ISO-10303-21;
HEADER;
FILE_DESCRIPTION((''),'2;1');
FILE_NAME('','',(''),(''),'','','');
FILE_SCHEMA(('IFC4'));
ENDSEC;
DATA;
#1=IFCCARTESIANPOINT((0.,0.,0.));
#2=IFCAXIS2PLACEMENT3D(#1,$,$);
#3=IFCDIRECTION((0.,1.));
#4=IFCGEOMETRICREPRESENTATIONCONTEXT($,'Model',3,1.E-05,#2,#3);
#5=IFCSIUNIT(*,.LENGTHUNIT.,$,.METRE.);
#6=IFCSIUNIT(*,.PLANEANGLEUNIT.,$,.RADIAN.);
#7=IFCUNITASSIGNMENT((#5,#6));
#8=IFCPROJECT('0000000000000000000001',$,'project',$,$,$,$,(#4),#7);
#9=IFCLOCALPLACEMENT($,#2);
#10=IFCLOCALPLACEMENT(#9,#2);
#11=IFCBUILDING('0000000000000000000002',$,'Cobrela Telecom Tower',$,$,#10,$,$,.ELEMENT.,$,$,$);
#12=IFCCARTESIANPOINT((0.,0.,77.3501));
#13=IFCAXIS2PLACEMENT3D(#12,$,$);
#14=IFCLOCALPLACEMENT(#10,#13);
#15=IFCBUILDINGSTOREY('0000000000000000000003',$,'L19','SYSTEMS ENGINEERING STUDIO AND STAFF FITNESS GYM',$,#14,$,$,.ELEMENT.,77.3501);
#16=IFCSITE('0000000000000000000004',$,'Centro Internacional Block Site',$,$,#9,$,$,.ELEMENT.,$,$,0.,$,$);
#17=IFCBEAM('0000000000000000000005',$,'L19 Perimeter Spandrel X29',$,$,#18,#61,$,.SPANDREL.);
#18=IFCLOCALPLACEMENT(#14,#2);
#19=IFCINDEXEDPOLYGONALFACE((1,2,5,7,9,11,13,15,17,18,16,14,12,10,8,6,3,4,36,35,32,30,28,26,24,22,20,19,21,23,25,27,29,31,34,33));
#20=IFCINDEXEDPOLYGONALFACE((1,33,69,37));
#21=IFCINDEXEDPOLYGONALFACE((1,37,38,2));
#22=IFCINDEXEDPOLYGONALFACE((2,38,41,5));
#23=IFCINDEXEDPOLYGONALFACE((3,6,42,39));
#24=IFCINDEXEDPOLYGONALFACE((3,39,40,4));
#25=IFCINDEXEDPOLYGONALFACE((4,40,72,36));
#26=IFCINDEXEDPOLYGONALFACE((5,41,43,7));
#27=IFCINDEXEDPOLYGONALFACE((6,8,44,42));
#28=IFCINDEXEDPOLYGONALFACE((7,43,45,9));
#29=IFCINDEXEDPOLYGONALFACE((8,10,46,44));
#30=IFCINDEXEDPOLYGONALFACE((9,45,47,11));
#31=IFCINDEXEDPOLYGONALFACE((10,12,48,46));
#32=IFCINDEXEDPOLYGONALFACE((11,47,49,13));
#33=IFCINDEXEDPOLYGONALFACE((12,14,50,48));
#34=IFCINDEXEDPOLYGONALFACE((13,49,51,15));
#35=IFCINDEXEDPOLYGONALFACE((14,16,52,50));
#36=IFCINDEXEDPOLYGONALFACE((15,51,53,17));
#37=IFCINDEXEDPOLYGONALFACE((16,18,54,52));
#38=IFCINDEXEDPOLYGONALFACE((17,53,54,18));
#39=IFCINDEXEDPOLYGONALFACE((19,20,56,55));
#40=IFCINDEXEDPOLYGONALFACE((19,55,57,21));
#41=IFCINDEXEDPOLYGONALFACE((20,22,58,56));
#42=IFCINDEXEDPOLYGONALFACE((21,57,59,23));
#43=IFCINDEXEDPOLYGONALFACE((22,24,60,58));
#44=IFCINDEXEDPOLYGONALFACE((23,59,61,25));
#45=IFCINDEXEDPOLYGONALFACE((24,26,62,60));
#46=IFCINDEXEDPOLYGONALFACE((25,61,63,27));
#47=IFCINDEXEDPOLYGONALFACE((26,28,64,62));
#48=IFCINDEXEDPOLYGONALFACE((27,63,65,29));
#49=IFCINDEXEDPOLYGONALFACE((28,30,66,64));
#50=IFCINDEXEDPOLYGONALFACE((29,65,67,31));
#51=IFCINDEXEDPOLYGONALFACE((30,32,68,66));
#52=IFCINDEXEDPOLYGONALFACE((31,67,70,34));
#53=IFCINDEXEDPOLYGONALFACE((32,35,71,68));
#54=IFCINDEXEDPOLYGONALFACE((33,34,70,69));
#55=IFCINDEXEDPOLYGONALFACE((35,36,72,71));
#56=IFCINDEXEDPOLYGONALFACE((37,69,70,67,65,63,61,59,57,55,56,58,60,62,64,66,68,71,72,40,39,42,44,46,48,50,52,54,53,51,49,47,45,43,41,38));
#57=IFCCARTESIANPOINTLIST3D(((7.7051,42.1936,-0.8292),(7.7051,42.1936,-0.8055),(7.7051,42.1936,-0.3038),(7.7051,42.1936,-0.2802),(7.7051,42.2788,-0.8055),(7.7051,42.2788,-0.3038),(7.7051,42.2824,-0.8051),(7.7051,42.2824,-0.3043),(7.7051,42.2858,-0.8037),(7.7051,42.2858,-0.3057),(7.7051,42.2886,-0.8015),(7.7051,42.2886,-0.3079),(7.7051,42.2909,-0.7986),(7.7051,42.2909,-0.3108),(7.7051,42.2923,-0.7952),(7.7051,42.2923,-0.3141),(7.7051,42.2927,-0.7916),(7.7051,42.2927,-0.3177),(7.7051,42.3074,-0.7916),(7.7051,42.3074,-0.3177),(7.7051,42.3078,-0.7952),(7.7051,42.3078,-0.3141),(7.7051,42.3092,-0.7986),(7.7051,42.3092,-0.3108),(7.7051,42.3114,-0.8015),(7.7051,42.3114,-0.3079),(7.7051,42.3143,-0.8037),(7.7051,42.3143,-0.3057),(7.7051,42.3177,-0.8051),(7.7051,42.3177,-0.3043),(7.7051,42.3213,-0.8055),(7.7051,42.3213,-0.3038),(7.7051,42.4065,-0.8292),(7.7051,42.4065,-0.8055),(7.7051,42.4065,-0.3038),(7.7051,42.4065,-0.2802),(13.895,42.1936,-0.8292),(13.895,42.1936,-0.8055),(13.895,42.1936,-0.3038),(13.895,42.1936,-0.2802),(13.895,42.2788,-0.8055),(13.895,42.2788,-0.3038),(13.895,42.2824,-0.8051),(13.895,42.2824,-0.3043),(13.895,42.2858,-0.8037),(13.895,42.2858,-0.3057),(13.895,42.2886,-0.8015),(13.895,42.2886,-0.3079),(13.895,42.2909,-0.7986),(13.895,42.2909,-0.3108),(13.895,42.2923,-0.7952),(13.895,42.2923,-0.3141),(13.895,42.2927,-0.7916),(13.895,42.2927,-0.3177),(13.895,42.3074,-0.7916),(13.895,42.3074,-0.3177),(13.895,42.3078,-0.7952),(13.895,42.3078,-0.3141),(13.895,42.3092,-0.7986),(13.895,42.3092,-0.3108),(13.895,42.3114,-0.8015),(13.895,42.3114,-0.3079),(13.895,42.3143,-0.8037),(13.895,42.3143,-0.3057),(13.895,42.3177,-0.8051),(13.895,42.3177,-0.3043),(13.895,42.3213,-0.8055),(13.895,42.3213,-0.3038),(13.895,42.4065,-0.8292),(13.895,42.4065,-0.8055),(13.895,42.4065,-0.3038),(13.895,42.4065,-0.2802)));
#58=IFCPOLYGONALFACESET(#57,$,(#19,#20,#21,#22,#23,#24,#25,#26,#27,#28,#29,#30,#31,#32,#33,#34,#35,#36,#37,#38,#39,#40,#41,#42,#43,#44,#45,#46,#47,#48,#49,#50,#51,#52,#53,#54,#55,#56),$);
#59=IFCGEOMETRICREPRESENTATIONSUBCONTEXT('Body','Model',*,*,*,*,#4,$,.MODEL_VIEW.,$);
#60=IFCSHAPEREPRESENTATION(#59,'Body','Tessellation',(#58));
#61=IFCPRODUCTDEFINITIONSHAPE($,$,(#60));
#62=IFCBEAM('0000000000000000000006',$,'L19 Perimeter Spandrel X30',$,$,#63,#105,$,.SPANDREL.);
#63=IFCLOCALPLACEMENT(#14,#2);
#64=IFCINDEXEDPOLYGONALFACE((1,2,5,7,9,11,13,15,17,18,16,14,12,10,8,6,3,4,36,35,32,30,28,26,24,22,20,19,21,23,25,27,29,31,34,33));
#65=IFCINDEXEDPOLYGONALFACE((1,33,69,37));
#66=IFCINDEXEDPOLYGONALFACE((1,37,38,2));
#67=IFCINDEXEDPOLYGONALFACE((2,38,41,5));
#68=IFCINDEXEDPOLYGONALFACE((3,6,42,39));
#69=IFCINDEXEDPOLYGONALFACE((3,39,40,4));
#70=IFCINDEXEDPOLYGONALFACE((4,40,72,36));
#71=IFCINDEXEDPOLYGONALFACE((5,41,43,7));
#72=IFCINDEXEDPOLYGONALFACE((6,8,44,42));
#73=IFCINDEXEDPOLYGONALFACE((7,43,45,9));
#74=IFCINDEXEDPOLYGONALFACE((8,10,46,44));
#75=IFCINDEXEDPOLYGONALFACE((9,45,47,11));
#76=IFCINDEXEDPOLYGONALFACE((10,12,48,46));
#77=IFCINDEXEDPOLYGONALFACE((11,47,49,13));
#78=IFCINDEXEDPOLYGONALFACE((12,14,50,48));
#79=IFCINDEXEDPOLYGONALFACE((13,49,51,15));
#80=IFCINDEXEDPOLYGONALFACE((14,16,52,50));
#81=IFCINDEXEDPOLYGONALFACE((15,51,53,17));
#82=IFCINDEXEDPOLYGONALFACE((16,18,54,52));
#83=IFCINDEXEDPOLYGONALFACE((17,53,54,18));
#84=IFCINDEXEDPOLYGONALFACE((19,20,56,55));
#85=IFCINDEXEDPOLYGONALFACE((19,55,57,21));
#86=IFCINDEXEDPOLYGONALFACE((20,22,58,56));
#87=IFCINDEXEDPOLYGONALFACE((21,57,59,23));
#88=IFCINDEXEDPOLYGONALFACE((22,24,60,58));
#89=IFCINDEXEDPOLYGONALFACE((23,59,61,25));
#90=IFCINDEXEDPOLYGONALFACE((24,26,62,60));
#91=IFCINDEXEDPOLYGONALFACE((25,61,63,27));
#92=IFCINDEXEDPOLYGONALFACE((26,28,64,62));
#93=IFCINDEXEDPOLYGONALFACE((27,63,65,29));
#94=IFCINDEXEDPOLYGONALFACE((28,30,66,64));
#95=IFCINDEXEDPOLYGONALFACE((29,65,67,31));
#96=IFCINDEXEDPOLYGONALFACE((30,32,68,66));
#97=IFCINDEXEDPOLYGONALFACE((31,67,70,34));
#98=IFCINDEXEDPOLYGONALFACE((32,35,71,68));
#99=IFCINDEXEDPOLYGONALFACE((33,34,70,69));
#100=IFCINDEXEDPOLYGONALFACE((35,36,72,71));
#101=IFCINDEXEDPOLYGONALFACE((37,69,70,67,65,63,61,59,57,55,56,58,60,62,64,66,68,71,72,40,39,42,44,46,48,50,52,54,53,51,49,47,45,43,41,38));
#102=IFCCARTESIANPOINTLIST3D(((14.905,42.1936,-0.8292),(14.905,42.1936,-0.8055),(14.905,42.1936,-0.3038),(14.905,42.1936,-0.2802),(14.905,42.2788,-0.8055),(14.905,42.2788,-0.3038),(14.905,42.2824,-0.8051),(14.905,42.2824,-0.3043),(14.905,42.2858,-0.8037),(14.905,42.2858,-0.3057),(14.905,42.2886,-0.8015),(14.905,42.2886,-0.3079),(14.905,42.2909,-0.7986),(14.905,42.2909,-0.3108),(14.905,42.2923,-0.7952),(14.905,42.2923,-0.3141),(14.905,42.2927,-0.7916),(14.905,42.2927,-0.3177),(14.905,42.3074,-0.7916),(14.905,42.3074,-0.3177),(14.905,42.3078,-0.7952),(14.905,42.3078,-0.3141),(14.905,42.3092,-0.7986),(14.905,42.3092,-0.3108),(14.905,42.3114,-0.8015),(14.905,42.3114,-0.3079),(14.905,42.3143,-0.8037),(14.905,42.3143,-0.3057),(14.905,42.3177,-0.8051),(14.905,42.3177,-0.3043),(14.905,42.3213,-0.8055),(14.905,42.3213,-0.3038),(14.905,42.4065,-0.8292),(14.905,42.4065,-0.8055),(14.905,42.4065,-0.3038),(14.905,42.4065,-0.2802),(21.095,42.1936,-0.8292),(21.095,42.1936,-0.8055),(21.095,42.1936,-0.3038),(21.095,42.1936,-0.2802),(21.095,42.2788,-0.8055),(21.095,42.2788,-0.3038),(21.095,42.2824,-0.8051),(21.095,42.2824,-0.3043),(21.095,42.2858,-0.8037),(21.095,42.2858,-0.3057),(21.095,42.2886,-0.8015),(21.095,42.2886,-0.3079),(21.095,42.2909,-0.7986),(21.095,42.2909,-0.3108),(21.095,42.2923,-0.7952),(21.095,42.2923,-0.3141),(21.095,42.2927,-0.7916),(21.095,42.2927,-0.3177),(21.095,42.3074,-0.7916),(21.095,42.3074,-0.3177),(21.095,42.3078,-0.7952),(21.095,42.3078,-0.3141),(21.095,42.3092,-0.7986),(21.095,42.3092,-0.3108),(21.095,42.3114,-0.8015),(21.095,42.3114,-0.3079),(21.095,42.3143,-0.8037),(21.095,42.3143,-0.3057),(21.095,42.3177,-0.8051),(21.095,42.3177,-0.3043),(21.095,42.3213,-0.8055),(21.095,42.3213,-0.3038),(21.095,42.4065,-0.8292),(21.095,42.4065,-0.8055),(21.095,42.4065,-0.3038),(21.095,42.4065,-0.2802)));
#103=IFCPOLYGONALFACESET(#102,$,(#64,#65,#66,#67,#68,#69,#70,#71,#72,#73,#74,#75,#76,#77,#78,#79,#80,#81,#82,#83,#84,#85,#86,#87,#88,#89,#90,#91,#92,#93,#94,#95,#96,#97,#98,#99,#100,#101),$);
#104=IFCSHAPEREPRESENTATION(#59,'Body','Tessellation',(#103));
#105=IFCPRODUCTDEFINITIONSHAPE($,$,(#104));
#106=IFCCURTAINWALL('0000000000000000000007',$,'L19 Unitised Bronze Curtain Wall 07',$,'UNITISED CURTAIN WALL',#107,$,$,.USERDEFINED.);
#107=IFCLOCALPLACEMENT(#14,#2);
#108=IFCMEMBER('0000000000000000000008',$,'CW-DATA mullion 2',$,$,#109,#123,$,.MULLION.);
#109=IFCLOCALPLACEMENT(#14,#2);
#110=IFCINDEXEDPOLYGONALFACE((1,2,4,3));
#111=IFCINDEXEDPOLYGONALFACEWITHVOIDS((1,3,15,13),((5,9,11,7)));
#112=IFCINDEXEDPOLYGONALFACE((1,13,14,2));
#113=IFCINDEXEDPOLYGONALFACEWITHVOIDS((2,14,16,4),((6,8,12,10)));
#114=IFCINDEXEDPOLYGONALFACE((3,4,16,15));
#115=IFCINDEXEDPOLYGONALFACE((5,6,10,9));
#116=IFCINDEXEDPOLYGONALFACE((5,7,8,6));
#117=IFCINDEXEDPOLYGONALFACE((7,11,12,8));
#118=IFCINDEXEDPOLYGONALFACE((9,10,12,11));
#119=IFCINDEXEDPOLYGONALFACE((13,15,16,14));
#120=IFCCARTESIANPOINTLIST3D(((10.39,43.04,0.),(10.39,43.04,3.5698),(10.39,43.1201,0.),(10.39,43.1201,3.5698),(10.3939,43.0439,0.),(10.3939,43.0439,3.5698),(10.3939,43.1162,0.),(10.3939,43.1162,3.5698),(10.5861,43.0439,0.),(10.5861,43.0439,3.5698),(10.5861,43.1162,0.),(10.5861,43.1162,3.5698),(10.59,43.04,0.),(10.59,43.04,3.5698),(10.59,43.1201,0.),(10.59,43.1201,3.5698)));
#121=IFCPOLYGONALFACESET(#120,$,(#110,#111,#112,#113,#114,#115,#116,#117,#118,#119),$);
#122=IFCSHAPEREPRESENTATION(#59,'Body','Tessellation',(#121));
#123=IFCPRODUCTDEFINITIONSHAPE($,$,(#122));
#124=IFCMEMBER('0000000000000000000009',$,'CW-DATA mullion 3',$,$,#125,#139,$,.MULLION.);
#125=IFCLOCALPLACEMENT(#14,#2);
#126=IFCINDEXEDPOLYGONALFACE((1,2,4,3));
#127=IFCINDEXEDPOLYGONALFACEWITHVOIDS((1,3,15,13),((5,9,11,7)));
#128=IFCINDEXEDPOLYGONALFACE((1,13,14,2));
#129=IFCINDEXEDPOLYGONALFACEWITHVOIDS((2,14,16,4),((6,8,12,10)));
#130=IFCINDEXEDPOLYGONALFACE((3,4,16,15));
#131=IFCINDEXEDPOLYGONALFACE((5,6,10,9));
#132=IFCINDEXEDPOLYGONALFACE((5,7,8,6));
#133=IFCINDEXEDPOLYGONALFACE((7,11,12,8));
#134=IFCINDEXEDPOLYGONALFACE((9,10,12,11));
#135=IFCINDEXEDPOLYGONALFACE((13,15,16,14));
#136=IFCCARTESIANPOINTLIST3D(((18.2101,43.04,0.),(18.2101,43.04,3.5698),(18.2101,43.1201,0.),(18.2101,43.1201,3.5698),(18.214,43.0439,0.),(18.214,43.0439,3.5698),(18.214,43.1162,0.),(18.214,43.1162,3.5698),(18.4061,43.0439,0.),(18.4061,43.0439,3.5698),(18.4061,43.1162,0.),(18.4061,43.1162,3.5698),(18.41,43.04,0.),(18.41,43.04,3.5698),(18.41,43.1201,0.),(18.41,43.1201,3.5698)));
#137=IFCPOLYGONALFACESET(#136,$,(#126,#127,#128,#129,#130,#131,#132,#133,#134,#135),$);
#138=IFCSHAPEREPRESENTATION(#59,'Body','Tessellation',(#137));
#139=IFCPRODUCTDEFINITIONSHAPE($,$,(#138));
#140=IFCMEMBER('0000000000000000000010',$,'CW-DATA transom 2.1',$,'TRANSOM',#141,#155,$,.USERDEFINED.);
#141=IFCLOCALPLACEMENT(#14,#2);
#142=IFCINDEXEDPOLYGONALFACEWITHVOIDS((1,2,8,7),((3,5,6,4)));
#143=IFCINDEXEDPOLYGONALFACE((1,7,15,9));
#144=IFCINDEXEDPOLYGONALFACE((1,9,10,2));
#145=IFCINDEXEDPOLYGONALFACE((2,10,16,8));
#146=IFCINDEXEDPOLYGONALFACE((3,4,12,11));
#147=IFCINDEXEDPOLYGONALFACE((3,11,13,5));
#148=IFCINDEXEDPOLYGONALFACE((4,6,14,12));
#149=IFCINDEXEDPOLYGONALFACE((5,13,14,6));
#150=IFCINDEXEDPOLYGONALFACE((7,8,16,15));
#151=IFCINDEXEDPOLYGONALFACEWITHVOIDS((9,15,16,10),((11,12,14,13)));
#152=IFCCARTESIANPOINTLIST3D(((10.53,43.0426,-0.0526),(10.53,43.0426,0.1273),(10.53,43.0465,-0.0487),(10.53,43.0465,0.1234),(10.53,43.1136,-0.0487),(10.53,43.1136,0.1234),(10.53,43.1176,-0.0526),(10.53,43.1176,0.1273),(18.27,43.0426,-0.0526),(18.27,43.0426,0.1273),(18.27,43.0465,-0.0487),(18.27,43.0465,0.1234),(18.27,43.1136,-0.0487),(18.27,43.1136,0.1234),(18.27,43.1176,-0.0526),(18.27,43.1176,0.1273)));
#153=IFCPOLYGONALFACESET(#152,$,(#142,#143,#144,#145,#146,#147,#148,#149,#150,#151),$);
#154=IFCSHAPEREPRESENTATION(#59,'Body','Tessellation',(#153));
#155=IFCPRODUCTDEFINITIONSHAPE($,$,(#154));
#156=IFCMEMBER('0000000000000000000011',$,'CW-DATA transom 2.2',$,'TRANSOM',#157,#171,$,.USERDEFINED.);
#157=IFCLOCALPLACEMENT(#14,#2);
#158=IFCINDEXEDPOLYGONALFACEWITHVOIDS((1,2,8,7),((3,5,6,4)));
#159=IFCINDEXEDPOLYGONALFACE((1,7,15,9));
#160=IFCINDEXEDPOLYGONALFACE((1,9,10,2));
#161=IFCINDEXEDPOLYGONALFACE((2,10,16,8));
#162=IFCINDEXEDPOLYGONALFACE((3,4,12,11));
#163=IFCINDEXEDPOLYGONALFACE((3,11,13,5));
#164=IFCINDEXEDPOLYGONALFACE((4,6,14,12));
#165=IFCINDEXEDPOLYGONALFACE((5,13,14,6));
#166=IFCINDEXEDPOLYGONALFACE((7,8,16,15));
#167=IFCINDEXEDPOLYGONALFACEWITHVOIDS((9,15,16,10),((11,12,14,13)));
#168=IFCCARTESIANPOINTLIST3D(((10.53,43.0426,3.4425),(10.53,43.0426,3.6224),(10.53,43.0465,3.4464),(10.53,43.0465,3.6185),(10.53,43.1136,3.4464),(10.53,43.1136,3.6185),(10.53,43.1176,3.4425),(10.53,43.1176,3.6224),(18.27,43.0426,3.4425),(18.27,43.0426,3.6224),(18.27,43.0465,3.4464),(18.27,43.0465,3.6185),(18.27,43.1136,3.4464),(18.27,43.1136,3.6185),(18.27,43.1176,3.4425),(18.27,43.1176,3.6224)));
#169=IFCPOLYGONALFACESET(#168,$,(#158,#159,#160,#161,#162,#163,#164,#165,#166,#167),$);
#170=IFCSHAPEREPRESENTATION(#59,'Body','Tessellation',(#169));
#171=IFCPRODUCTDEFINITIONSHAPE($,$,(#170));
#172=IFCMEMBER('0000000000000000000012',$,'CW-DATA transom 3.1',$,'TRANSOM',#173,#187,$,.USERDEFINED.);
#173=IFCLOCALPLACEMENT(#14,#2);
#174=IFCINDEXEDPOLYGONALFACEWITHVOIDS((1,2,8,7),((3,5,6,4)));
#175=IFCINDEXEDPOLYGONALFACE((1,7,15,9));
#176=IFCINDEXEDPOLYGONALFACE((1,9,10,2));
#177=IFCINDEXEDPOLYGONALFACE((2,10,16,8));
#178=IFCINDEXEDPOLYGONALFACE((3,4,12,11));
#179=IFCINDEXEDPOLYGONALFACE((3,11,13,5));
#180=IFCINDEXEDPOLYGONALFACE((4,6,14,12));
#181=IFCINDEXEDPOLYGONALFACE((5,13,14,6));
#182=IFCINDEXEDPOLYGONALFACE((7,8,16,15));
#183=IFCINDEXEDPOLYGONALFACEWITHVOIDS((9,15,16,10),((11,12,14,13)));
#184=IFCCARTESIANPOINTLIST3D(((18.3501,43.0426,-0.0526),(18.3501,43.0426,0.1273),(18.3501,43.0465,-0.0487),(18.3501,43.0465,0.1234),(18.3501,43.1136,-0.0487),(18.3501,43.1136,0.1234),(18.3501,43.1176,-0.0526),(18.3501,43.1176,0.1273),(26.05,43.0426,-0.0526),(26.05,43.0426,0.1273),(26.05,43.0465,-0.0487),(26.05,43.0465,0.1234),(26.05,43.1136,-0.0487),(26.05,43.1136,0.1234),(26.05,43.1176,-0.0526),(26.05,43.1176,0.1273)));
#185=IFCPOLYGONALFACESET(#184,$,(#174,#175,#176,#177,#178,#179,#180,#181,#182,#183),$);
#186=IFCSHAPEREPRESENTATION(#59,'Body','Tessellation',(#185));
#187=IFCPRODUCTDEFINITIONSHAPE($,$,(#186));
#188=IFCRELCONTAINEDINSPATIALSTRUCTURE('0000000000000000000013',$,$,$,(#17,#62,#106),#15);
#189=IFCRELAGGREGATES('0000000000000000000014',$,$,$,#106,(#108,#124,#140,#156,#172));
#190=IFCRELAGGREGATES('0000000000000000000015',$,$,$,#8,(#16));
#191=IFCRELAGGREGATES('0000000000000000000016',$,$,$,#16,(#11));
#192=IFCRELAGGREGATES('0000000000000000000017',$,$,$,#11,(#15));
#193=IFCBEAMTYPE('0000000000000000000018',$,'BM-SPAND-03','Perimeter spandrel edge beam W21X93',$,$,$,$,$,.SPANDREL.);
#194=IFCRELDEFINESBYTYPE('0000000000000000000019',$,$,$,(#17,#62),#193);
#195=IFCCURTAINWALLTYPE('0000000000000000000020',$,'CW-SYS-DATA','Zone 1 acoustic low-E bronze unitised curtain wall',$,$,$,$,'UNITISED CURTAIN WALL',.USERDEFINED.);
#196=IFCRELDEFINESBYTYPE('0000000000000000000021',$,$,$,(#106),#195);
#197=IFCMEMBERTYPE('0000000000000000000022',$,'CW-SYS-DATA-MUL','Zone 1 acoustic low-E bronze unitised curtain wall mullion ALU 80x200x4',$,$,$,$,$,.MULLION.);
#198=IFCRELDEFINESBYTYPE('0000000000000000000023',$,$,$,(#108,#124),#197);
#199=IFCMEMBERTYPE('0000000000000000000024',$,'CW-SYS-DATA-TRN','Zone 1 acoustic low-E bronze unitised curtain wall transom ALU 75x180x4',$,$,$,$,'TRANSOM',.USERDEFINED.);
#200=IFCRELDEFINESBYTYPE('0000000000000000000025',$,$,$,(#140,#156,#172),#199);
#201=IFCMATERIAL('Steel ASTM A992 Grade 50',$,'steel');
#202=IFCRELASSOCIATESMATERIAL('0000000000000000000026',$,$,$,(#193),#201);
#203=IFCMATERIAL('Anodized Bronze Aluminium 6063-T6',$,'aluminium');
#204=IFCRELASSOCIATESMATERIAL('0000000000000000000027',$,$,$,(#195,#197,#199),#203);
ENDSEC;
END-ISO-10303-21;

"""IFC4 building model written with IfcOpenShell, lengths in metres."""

from ifc_helpers import new_model, si_unit, direction, frame, origin, origin_2d, place, context, subcontext, project, spatial, hollow_rectangle, i_section, extrude, material, material_profile, profile_set, type_object, element, aggregate, save


model = new_model("IFC4")

# Units and contexts
model_context = context("Model", 3, precision=1e-05, world=origin(), true_north=direction((0.0, 1.0)))
body_context = subcontext(model_context, "Body", "Model", "MODEL_VIEW")
ifc_project = project(units=[si_unit("LENGTHUNIT", "METRE"), si_unit("PLANEANGLEUNIT", "RADIAN")], contexts=[model_context])

# Site, building, storey
site_placement = place(None, origin())
site = spatial("IfcSite", under=ifc_project, at=site_placement, Name="Centro Internacional Block Site", CompositionType="ELEMENT", RefElevation=0.0)
building_placement = place(site_placement, origin())
building = spatial("IfcBuilding", under=site, at=building_placement, Name="Cobrela Telecom Tower", CompositionType="ELEMENT")
storey_placement = place(building_placement, frame((0.0, 0.0, 77.3501)))
storey = spatial("IfcBuildingStorey", under=building, at=storey_placement, Name="L19", Description="SYSTEMS ENGINEERING STUDIO AND STAFF FITNESS GYM", CompositionType="ELEMENT", Elevation=77.3501)

# Beams
ifc_material_1 = material(Name="Steel ASTM A992 Grade 50", Category="steel")
ifc_material_profile_1 = material_profile(ifc_material_1, i_section(OverallWidth=0.2129, OverallDepth=0.5491, WebThickness=0.0146, FlangeThickness=0.0237, FilletRadius=0.0139, at=origin_2d()), Name="W21X93")
ifc_profile_set_1 = profile_set([ifc_material_profile_1], Name="Steel ASTM A992 Grade 50")
beam_type_1 = type_object("IfcBeamType", Name="BM-SPAND-03", Description="Perimeter spandrel edge beam W21X93", PredefinedType="SPANDREL", material=ifc_profile_set_1)
for number, where, z_axis, x_axis, name in (
    (1, (7.7051, 42.3, -0.5547), (1.0, 0.0, 0.0), (0.0, 1.0, 0.0), "L19 Perimeter Spandrel X29"),
    (2, (14.905, 42.3, -0.5547), (1.0, 0.0, 0.0), (0.0, 1.0, 0.0), "L19 Perimeter Spandrel X30"),
):
    element("IfcBeam", number, at=place(storey_placement, frame(where, z_axis=z_axis, x_axis=x_axis)), inside=storey, type_object=beam_type_1, Name=name, PredefinedType="SPANDREL", context=body_context, shape_type="SweptSolid", body=[
        extrude(i_section(OverallWidth=0.2129, OverallDepth=0.5491, WebThickness=0.0146, FlangeThickness=0.0237, FilletRadius=0.0139, at=origin_2d()), origin(), (0.0, 0.0, 1.0), 6.1899),
    ])

# Curtain wall, members
ifc_material_2 = material(Name="Anodized Bronze Aluminium 6063-T6", Category="aluminium")
curtain_wall_type = type_object("IfcCurtainWallType", Name="CW-SYS-DATA", Description="Zone 1 acoustic low-E bronze unitised curtain wall", ElementType="UNITISED CURTAIN WALL", PredefinedType="USERDEFINED", material=ifc_material_2)
curtain_wall_placement = place(storey_placement, origin())
curtain_wall = element("IfcCurtainWall", 3, at=curtain_wall_placement, inside=storey, type_object=curtain_wall_type, Name="L19 Unitised Bronze Curtain Wall 07", ObjectType="UNITISED CURTAIN WALL", PredefinedType="USERDEFINED")
ifc_material_profile_2 = material_profile(ifc_material_2, hollow_rectangle(XDim=0.0801, YDim=0.2, WallThickness=0.0039, at=origin_2d()), Name="ALU 80x200x4")
ifc_profile_set_2 = profile_set([ifc_material_profile_2], Name="Anodized Bronze Aluminium 6063-T6")
member_type_1 = type_object("IfcMemberType", Name="CW-SYS-DATA-MUL", Description="Zone 1 acoustic low-E bronze unitised curtain wall mullion ALU 80x200x4", PredefinedType="MULLION", material=ifc_profile_set_2)
member_1_placement = place(storey_placement, frame((10.49, 43.0801, 0.0), z_axis=(0.0, 0.0, 1.0), x_axis=(0.0, 1.0, 0.0)))
member_1 = element("IfcMember", 4, at=member_1_placement, type_object=member_type_1, Name="CW-DATA mullion 2", PredefinedType="MULLION", context=body_context, shape_type="SweptSolid", body=[
    extrude(hollow_rectangle(XDim=0.0801, YDim=0.2, WallThickness=0.0039, at=origin_2d()), origin(), (0.0, 0.0, 1.0), 3.5698),
])
member_2_placement = place(storey_placement, frame((18.3101, 43.0801, 0.0), z_axis=(0.0, 0.0, 1.0), x_axis=(0.0, 1.0, 0.0)))
member_2 = element("IfcMember", 5, at=member_2_placement, type_object=member_type_1, Name="CW-DATA mullion 3", PredefinedType="MULLION", context=body_context, shape_type="SweptSolid", body=[
    extrude(hollow_rectangle(XDim=0.0801, YDim=0.2, WallThickness=0.0039, at=origin_2d()), origin(), (0.0, 0.0, 1.0), 3.5698),
])
ifc_material_profile_3 = material_profile(ifc_material_2, hollow_rectangle(XDim=0.075, YDim=0.1799, WallThickness=0.0039, at=origin_2d()), Name="ALU 75x180x4")
ifc_profile_set_3 = profile_set([ifc_material_profile_3], Name="Anodized Bronze Aluminium 6063-T6")
member_type_2 = type_object("IfcMemberType", Name="CW-SYS-DATA-TRN", Description="Zone 1 acoustic low-E bronze unitised curtain wall transom ALU 75x180x4", ElementType="TRANSOM", PredefinedType="USERDEFINED", material=ifc_profile_set_3)
member_3_placement = place(storey_placement, frame((10.53, 43.0801, 0.0374), z_axis=(1.0, 0.0, 0.0), x_axis=(0.0, 1.0, 0.0)))
member_3 = element("IfcMember", 6, at=member_3_placement, type_object=member_type_2, Name="CW-DATA transom 2.1", ObjectType="TRANSOM", PredefinedType="USERDEFINED", context=body_context, shape_type="SweptSolid", body=[
    extrude(hollow_rectangle(XDim=0.075, YDim=0.1799, WallThickness=0.0039, at=origin_2d()), origin(), (0.0, 0.0, 1.0), 7.74),
])
member_4_placement = place(storey_placement, frame((10.53, 43.0801, 3.5325), z_axis=(1.0, 0.0, 0.0), x_axis=(0.0, 1.0, 0.0)))
member_4 = element("IfcMember", 7, at=member_4_placement, type_object=member_type_2, Name="CW-DATA transom 2.2", ObjectType="TRANSOM", PredefinedType="USERDEFINED", context=body_context, shape_type="SweptSolid", body=[
    extrude(hollow_rectangle(XDim=0.075, YDim=0.1799, WallThickness=0.0039, at=origin_2d()), origin(), (0.0, 0.0, 1.0), 7.74),
])
member_5_placement = place(storey_placement, frame((18.3501, 43.0801, 0.0374), z_axis=(1.0, 0.0, 0.0), x_axis=(0.0, 1.0, 0.0)))
member_5 = element("IfcMember", 8, at=member_5_placement, type_object=member_type_2, Name="CW-DATA transom 3.1", ObjectType="TRANSOM", PredefinedType="USERDEFINED", context=body_context, shape_type="SweptSolid", body=[
    extrude(hollow_rectangle(XDim=0.075, YDim=0.1799, WallThickness=0.0039, at=origin_2d()), origin(), (0.0, 0.0, 1.0), 7.7),
])
aggregate(curtain_wall, [member_1, member_2, member_3, member_4, member_5])

save(model, "model.ifc")
